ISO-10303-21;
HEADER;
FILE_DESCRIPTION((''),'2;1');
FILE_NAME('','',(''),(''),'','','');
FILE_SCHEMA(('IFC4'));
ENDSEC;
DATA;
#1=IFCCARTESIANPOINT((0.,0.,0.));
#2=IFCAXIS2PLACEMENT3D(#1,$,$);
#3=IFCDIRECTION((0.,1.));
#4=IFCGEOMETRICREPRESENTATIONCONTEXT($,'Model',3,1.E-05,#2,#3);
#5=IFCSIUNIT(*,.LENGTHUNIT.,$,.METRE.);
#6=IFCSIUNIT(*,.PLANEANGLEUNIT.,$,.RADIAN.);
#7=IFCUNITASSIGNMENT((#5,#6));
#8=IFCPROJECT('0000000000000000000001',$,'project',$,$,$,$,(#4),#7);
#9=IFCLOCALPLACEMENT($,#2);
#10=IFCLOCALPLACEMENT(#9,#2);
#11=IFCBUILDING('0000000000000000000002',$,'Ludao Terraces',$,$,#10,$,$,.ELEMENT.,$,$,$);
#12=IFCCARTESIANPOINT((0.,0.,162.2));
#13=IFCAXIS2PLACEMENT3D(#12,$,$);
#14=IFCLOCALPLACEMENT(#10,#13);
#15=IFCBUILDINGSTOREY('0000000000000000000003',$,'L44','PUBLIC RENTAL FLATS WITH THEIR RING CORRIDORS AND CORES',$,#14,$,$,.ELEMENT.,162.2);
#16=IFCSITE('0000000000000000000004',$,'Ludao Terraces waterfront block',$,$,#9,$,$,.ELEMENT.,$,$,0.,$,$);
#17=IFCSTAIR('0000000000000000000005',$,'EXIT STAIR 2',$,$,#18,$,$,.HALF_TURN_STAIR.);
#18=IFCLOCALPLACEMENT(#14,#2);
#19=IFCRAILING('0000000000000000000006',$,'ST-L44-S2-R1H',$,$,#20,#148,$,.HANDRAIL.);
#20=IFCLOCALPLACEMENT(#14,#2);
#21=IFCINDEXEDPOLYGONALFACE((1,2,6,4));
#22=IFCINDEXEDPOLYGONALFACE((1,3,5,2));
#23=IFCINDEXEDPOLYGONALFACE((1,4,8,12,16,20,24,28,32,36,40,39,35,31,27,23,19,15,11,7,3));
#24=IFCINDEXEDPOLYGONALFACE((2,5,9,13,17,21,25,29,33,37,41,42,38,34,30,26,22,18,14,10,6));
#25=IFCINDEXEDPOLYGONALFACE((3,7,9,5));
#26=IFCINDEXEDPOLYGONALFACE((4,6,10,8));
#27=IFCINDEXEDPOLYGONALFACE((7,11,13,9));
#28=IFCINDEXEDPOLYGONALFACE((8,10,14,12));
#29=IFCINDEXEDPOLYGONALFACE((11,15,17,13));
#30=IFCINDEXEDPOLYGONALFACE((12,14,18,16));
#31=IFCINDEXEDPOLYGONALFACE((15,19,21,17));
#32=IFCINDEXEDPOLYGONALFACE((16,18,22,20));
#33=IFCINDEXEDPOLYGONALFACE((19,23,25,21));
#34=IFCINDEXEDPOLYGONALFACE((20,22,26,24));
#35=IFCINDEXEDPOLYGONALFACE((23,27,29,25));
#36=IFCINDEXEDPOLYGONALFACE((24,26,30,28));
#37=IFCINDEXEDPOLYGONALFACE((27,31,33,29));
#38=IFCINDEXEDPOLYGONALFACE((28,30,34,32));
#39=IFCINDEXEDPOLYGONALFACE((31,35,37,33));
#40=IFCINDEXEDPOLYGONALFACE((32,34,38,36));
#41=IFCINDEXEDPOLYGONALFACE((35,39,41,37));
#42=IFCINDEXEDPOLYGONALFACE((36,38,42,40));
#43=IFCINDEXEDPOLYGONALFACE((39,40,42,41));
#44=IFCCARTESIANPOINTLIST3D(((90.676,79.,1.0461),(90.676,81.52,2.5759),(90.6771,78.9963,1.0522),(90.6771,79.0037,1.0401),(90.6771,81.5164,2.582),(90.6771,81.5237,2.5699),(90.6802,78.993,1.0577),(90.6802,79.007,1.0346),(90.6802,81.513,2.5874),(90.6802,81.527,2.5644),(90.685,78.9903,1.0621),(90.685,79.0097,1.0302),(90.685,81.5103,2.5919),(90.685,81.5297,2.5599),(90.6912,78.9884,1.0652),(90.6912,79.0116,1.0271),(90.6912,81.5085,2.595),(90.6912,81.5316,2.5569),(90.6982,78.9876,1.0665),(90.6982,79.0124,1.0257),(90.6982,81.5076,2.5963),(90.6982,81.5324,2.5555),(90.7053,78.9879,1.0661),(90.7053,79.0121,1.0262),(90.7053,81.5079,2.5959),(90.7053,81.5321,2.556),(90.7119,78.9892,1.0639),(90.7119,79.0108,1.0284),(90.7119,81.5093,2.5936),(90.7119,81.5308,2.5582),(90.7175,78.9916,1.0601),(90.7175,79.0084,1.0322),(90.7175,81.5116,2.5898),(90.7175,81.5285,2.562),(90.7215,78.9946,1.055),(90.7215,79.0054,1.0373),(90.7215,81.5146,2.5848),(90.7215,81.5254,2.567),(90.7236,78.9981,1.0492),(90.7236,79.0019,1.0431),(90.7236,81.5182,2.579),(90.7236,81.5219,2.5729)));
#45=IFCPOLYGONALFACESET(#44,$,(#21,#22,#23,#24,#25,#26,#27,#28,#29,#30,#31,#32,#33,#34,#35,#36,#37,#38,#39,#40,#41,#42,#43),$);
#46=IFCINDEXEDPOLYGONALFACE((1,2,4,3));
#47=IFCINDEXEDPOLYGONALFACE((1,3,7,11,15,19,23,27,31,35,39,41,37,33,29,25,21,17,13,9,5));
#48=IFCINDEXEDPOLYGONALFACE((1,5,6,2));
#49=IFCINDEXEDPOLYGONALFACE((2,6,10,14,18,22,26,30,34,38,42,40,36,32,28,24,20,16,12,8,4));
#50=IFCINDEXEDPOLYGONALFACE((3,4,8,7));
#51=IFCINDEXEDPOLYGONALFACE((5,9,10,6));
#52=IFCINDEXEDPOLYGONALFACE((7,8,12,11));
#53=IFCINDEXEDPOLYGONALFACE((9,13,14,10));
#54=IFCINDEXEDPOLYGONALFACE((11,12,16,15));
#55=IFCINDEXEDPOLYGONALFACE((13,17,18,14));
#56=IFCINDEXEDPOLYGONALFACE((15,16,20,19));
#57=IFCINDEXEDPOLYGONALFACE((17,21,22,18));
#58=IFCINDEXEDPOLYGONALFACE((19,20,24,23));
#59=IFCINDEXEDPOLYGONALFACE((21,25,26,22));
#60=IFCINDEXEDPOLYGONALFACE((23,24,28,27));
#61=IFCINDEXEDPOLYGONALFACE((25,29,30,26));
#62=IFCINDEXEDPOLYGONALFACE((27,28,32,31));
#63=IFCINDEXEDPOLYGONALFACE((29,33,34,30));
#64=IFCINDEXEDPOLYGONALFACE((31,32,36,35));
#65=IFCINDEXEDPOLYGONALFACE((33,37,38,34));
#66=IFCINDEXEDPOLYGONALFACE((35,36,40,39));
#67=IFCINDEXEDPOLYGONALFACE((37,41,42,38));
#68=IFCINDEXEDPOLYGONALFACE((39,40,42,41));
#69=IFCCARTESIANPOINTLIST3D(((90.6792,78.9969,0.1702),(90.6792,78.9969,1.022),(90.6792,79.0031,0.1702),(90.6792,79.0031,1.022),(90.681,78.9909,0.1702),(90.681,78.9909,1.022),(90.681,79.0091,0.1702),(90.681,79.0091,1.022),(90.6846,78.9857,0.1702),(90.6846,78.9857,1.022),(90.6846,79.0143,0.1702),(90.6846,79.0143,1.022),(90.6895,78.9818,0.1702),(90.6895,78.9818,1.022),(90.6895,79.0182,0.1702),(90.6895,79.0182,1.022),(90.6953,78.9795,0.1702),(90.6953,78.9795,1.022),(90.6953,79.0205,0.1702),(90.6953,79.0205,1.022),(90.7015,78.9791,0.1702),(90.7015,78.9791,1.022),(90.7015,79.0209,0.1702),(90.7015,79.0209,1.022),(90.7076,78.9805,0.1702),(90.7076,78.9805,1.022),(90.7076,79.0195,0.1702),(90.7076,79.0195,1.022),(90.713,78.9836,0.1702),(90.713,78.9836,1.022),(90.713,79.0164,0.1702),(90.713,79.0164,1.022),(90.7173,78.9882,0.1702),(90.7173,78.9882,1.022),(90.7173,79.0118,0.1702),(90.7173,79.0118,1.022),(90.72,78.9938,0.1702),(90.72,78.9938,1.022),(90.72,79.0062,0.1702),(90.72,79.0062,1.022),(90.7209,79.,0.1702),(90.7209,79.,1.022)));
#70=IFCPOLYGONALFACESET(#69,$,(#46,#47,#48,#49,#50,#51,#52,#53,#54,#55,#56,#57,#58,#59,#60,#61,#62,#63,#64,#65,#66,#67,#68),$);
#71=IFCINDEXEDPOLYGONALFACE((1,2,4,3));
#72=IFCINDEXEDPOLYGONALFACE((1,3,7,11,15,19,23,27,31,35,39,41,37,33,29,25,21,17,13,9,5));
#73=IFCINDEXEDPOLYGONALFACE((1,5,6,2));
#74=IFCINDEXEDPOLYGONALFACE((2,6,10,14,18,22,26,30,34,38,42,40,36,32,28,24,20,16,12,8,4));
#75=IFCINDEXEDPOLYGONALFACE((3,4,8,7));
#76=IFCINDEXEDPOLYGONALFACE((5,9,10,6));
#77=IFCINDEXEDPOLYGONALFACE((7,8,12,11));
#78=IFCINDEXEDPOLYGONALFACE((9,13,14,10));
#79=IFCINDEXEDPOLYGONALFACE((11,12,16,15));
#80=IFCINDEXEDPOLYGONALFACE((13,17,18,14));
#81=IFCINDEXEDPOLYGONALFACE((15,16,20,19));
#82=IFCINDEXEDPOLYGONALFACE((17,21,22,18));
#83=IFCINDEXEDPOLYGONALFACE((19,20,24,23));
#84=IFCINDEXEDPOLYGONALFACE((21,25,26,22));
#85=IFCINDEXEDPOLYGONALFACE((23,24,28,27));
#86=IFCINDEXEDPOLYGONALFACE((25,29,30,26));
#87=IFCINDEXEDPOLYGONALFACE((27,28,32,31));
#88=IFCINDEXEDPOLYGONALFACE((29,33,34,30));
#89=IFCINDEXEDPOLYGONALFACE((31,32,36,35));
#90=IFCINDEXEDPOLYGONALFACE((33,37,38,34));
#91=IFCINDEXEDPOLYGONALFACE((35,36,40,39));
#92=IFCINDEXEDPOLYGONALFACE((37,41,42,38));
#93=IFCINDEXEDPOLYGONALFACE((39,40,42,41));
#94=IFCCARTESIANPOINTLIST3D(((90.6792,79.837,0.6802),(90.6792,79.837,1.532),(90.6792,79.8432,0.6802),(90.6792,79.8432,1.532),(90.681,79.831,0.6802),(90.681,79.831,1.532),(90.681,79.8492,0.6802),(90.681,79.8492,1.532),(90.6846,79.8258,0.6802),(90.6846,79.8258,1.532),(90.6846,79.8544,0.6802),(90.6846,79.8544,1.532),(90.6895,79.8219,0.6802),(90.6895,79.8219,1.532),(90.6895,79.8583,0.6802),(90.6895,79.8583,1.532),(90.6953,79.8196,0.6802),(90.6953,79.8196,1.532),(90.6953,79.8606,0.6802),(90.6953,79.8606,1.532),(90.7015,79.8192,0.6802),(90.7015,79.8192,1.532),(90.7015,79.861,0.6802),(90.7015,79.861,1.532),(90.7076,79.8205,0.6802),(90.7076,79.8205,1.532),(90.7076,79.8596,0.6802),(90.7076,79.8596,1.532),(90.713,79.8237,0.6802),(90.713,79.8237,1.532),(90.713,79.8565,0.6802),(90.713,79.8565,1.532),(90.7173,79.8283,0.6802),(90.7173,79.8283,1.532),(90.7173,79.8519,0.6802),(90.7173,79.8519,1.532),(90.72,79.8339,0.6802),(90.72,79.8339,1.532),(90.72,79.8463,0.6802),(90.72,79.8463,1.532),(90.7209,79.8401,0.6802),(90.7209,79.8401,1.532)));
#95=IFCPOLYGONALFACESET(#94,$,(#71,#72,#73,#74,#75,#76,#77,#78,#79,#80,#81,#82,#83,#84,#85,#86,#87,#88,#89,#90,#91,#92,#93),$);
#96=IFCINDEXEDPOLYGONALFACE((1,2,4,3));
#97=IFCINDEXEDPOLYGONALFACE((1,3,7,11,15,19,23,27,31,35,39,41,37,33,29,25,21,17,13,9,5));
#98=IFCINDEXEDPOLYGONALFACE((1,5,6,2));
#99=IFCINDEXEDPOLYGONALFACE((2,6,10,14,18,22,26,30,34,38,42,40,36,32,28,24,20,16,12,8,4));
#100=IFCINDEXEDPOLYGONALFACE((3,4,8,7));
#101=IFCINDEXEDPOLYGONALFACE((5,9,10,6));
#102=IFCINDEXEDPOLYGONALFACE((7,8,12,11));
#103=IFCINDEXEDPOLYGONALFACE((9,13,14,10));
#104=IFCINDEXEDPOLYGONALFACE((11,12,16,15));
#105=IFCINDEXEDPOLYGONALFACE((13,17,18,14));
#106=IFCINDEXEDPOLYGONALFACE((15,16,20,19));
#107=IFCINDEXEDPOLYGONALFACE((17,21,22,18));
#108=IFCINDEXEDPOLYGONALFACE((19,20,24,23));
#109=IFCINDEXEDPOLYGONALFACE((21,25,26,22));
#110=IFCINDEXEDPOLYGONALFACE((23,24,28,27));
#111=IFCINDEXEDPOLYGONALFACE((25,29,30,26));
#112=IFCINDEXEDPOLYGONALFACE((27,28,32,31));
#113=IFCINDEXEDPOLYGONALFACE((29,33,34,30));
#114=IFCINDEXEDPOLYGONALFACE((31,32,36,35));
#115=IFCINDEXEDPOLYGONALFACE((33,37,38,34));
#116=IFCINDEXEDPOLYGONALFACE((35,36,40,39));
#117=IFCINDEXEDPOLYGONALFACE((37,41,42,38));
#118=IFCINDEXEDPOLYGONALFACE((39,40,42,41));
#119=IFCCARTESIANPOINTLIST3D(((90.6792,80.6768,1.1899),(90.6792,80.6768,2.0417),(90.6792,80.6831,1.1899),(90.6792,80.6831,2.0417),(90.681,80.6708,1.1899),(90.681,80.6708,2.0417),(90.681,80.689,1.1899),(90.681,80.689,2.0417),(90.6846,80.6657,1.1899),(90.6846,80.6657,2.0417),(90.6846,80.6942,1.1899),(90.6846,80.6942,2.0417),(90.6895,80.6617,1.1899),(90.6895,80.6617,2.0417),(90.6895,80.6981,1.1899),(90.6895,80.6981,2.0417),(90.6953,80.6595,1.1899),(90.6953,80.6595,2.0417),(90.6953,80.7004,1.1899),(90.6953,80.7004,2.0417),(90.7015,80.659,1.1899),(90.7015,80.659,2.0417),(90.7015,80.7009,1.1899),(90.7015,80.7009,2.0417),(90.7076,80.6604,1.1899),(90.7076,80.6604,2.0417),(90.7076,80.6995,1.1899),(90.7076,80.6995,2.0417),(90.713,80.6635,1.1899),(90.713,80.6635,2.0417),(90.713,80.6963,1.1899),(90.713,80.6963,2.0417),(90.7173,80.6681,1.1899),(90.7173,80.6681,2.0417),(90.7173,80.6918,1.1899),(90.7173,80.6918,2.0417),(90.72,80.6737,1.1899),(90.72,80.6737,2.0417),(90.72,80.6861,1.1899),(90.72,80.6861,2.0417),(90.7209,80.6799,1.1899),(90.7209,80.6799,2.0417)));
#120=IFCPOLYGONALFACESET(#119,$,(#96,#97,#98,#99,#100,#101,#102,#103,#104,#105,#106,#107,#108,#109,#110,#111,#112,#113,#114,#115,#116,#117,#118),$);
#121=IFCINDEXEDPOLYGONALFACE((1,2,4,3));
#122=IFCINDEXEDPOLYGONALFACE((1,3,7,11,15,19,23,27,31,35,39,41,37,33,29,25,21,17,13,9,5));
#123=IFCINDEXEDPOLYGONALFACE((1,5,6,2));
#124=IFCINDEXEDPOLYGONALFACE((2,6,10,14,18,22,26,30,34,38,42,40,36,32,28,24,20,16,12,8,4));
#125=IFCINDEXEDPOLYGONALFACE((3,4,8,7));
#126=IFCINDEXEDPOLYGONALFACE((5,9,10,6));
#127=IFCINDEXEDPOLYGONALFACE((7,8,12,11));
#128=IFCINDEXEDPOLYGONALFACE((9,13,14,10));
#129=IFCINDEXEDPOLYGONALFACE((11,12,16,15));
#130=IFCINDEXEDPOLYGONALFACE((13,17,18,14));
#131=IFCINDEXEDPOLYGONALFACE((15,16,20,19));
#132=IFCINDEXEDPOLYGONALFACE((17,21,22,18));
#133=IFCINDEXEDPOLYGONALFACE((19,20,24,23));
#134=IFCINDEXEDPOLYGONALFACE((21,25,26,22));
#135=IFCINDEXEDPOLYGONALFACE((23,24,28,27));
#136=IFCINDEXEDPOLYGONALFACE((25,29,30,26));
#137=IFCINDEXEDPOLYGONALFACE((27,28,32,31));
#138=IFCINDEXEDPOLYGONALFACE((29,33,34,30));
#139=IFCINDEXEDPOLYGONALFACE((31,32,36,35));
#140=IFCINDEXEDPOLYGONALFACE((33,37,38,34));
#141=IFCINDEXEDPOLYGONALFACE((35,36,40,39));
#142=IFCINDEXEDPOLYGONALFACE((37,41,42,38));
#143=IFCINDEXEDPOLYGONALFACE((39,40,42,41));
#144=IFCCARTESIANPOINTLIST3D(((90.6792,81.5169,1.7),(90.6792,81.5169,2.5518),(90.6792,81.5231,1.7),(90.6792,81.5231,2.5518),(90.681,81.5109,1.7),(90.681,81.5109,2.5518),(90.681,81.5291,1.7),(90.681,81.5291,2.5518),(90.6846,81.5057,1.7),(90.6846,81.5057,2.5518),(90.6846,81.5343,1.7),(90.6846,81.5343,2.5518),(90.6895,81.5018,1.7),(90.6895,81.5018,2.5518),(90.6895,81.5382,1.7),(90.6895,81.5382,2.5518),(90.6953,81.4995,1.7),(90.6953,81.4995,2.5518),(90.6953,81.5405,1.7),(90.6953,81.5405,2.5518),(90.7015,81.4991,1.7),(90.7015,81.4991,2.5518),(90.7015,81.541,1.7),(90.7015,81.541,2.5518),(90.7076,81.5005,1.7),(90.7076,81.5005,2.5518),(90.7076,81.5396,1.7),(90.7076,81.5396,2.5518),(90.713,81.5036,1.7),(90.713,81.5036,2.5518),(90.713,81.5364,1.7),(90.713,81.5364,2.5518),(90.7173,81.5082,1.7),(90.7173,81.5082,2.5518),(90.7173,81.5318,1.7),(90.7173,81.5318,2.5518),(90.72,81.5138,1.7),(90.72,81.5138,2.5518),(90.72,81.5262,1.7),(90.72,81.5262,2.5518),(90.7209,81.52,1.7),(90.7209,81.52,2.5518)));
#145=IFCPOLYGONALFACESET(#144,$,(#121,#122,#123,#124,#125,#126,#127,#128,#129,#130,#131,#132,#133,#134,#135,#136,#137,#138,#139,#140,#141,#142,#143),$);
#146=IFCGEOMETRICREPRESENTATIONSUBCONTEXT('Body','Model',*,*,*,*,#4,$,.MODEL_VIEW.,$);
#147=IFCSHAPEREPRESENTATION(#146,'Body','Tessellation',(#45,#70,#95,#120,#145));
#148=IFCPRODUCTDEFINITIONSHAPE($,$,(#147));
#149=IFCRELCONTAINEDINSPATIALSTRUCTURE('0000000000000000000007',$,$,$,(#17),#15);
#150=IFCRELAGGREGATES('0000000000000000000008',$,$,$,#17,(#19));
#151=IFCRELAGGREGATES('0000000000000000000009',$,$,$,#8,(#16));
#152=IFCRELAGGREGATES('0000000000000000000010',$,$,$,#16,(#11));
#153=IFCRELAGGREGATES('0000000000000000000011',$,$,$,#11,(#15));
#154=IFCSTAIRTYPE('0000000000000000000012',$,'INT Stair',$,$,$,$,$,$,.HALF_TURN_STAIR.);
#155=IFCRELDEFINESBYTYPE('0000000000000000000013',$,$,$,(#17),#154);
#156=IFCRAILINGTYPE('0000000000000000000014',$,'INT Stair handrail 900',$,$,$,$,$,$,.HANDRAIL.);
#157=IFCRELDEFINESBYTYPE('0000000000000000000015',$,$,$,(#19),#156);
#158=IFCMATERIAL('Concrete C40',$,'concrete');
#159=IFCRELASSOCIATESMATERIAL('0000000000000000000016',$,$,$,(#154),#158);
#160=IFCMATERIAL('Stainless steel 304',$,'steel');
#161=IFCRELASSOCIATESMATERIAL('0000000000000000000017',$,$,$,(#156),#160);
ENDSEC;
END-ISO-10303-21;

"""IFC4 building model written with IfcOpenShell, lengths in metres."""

from ifc_helpers import new_model, si_unit, direction, frame, origin, origin_2d, place, context, subcontext, project, spatial, circle, extrude, material, type_object, element, aggregate, save


model = new_model("IFC4")

# Units and contexts
model_context = context("Model", 3, precision=1e-05, world=origin(), true_north=direction((0.0, 1.0)))
body_context = subcontext(model_context, "Body", "Model", "MODEL_VIEW")
ifc_project = project(units=[si_unit("LENGTHUNIT", "METRE"), si_unit("PLANEANGLEUNIT", "RADIAN")], contexts=[model_context])

# Site, building, storey
site_placement = place(None, origin())
site = spatial("IfcSite", under=ifc_project, at=site_placement, Name="Ludao Terraces waterfront block", CompositionType="ELEMENT", RefElevation=0.0)
building_placement = place(site_placement, origin())
building = spatial("IfcBuilding", under=site, at=building_placement, Name="Ludao Terraces", CompositionType="ELEMENT")
storey_placement = place(building_placement, frame((0.0, 0.0, 162.2)))
storey = spatial("IfcBuildingStorey", under=building, at=storey_placement, Name="L44", Description="PUBLIC RENTAL FLATS WITH THEIR RING CORRIDORS AND CORES", CompositionType="ELEMENT", Elevation=162.2)

# Shared definitions
ifc_material_1 = material(Name="Stainless steel 304", Category="steel")

# Stair, railing
ifc_material_2 = material(Name="Concrete C40", Category="concrete")
stair_type = type_object("IfcStairType", Name="INT Stair", PredefinedType="HALF_TURN_STAIR", material=ifc_material_2)
stair_placement = place(storey_placement, origin())
stair = element("IfcStair", 1, at=stair_placement, inside=storey, type_object=stair_type, Name="EXIT STAIR 2", PredefinedType="HALF_TURN_STAIR")
railing_type_1 = type_object("IfcRailingType", Name="INT Stair handrail 900", PredefinedType="HANDRAIL", material=ifc_material_1)
railing_1_placement = place(storey_placement, frame((90.7, 79.0, 0.1702)))
railing_1 = element("IfcRailing", 2, at=railing_1_placement, type_object=railing_type_1, Name="ST-L44-S2-R1H", PredefinedType="HANDRAIL", context=body_context, shape_type="SweptSolid", body=[
    extrude(circle(Radius=0.0239, at=origin_2d()), frame((0.0, 0.0, 0.876), z_axis=(0.0, 0.854822, 0.518922), x_axis=(-1.0, 0.0, 0.0)), (0.0, 0.0, 1.0), 2.948),
    extrude(circle(Radius=0.021, at=origin_2d()), origin(), (0.0, 0.0, 1.0), 0.8518),
    extrude(circle(Radius=0.021, at=origin_2d()), frame((0.0, 0.8401, 0.51)), (0.0, 0.0, 1.0), 0.8518),
    extrude(circle(Radius=0.021, at=origin_2d()), frame((0.0, 1.6799, 1.0198)), (0.0, 0.0, 1.0), 0.8518),
    extrude(circle(Radius=0.021, at=origin_2d()), frame((0.0, 2.52, 1.5298)), (0.0, 0.0, 1.0), 0.8518),
])
aggregate(stair, [railing_1])

save(model, "model.ifc")
